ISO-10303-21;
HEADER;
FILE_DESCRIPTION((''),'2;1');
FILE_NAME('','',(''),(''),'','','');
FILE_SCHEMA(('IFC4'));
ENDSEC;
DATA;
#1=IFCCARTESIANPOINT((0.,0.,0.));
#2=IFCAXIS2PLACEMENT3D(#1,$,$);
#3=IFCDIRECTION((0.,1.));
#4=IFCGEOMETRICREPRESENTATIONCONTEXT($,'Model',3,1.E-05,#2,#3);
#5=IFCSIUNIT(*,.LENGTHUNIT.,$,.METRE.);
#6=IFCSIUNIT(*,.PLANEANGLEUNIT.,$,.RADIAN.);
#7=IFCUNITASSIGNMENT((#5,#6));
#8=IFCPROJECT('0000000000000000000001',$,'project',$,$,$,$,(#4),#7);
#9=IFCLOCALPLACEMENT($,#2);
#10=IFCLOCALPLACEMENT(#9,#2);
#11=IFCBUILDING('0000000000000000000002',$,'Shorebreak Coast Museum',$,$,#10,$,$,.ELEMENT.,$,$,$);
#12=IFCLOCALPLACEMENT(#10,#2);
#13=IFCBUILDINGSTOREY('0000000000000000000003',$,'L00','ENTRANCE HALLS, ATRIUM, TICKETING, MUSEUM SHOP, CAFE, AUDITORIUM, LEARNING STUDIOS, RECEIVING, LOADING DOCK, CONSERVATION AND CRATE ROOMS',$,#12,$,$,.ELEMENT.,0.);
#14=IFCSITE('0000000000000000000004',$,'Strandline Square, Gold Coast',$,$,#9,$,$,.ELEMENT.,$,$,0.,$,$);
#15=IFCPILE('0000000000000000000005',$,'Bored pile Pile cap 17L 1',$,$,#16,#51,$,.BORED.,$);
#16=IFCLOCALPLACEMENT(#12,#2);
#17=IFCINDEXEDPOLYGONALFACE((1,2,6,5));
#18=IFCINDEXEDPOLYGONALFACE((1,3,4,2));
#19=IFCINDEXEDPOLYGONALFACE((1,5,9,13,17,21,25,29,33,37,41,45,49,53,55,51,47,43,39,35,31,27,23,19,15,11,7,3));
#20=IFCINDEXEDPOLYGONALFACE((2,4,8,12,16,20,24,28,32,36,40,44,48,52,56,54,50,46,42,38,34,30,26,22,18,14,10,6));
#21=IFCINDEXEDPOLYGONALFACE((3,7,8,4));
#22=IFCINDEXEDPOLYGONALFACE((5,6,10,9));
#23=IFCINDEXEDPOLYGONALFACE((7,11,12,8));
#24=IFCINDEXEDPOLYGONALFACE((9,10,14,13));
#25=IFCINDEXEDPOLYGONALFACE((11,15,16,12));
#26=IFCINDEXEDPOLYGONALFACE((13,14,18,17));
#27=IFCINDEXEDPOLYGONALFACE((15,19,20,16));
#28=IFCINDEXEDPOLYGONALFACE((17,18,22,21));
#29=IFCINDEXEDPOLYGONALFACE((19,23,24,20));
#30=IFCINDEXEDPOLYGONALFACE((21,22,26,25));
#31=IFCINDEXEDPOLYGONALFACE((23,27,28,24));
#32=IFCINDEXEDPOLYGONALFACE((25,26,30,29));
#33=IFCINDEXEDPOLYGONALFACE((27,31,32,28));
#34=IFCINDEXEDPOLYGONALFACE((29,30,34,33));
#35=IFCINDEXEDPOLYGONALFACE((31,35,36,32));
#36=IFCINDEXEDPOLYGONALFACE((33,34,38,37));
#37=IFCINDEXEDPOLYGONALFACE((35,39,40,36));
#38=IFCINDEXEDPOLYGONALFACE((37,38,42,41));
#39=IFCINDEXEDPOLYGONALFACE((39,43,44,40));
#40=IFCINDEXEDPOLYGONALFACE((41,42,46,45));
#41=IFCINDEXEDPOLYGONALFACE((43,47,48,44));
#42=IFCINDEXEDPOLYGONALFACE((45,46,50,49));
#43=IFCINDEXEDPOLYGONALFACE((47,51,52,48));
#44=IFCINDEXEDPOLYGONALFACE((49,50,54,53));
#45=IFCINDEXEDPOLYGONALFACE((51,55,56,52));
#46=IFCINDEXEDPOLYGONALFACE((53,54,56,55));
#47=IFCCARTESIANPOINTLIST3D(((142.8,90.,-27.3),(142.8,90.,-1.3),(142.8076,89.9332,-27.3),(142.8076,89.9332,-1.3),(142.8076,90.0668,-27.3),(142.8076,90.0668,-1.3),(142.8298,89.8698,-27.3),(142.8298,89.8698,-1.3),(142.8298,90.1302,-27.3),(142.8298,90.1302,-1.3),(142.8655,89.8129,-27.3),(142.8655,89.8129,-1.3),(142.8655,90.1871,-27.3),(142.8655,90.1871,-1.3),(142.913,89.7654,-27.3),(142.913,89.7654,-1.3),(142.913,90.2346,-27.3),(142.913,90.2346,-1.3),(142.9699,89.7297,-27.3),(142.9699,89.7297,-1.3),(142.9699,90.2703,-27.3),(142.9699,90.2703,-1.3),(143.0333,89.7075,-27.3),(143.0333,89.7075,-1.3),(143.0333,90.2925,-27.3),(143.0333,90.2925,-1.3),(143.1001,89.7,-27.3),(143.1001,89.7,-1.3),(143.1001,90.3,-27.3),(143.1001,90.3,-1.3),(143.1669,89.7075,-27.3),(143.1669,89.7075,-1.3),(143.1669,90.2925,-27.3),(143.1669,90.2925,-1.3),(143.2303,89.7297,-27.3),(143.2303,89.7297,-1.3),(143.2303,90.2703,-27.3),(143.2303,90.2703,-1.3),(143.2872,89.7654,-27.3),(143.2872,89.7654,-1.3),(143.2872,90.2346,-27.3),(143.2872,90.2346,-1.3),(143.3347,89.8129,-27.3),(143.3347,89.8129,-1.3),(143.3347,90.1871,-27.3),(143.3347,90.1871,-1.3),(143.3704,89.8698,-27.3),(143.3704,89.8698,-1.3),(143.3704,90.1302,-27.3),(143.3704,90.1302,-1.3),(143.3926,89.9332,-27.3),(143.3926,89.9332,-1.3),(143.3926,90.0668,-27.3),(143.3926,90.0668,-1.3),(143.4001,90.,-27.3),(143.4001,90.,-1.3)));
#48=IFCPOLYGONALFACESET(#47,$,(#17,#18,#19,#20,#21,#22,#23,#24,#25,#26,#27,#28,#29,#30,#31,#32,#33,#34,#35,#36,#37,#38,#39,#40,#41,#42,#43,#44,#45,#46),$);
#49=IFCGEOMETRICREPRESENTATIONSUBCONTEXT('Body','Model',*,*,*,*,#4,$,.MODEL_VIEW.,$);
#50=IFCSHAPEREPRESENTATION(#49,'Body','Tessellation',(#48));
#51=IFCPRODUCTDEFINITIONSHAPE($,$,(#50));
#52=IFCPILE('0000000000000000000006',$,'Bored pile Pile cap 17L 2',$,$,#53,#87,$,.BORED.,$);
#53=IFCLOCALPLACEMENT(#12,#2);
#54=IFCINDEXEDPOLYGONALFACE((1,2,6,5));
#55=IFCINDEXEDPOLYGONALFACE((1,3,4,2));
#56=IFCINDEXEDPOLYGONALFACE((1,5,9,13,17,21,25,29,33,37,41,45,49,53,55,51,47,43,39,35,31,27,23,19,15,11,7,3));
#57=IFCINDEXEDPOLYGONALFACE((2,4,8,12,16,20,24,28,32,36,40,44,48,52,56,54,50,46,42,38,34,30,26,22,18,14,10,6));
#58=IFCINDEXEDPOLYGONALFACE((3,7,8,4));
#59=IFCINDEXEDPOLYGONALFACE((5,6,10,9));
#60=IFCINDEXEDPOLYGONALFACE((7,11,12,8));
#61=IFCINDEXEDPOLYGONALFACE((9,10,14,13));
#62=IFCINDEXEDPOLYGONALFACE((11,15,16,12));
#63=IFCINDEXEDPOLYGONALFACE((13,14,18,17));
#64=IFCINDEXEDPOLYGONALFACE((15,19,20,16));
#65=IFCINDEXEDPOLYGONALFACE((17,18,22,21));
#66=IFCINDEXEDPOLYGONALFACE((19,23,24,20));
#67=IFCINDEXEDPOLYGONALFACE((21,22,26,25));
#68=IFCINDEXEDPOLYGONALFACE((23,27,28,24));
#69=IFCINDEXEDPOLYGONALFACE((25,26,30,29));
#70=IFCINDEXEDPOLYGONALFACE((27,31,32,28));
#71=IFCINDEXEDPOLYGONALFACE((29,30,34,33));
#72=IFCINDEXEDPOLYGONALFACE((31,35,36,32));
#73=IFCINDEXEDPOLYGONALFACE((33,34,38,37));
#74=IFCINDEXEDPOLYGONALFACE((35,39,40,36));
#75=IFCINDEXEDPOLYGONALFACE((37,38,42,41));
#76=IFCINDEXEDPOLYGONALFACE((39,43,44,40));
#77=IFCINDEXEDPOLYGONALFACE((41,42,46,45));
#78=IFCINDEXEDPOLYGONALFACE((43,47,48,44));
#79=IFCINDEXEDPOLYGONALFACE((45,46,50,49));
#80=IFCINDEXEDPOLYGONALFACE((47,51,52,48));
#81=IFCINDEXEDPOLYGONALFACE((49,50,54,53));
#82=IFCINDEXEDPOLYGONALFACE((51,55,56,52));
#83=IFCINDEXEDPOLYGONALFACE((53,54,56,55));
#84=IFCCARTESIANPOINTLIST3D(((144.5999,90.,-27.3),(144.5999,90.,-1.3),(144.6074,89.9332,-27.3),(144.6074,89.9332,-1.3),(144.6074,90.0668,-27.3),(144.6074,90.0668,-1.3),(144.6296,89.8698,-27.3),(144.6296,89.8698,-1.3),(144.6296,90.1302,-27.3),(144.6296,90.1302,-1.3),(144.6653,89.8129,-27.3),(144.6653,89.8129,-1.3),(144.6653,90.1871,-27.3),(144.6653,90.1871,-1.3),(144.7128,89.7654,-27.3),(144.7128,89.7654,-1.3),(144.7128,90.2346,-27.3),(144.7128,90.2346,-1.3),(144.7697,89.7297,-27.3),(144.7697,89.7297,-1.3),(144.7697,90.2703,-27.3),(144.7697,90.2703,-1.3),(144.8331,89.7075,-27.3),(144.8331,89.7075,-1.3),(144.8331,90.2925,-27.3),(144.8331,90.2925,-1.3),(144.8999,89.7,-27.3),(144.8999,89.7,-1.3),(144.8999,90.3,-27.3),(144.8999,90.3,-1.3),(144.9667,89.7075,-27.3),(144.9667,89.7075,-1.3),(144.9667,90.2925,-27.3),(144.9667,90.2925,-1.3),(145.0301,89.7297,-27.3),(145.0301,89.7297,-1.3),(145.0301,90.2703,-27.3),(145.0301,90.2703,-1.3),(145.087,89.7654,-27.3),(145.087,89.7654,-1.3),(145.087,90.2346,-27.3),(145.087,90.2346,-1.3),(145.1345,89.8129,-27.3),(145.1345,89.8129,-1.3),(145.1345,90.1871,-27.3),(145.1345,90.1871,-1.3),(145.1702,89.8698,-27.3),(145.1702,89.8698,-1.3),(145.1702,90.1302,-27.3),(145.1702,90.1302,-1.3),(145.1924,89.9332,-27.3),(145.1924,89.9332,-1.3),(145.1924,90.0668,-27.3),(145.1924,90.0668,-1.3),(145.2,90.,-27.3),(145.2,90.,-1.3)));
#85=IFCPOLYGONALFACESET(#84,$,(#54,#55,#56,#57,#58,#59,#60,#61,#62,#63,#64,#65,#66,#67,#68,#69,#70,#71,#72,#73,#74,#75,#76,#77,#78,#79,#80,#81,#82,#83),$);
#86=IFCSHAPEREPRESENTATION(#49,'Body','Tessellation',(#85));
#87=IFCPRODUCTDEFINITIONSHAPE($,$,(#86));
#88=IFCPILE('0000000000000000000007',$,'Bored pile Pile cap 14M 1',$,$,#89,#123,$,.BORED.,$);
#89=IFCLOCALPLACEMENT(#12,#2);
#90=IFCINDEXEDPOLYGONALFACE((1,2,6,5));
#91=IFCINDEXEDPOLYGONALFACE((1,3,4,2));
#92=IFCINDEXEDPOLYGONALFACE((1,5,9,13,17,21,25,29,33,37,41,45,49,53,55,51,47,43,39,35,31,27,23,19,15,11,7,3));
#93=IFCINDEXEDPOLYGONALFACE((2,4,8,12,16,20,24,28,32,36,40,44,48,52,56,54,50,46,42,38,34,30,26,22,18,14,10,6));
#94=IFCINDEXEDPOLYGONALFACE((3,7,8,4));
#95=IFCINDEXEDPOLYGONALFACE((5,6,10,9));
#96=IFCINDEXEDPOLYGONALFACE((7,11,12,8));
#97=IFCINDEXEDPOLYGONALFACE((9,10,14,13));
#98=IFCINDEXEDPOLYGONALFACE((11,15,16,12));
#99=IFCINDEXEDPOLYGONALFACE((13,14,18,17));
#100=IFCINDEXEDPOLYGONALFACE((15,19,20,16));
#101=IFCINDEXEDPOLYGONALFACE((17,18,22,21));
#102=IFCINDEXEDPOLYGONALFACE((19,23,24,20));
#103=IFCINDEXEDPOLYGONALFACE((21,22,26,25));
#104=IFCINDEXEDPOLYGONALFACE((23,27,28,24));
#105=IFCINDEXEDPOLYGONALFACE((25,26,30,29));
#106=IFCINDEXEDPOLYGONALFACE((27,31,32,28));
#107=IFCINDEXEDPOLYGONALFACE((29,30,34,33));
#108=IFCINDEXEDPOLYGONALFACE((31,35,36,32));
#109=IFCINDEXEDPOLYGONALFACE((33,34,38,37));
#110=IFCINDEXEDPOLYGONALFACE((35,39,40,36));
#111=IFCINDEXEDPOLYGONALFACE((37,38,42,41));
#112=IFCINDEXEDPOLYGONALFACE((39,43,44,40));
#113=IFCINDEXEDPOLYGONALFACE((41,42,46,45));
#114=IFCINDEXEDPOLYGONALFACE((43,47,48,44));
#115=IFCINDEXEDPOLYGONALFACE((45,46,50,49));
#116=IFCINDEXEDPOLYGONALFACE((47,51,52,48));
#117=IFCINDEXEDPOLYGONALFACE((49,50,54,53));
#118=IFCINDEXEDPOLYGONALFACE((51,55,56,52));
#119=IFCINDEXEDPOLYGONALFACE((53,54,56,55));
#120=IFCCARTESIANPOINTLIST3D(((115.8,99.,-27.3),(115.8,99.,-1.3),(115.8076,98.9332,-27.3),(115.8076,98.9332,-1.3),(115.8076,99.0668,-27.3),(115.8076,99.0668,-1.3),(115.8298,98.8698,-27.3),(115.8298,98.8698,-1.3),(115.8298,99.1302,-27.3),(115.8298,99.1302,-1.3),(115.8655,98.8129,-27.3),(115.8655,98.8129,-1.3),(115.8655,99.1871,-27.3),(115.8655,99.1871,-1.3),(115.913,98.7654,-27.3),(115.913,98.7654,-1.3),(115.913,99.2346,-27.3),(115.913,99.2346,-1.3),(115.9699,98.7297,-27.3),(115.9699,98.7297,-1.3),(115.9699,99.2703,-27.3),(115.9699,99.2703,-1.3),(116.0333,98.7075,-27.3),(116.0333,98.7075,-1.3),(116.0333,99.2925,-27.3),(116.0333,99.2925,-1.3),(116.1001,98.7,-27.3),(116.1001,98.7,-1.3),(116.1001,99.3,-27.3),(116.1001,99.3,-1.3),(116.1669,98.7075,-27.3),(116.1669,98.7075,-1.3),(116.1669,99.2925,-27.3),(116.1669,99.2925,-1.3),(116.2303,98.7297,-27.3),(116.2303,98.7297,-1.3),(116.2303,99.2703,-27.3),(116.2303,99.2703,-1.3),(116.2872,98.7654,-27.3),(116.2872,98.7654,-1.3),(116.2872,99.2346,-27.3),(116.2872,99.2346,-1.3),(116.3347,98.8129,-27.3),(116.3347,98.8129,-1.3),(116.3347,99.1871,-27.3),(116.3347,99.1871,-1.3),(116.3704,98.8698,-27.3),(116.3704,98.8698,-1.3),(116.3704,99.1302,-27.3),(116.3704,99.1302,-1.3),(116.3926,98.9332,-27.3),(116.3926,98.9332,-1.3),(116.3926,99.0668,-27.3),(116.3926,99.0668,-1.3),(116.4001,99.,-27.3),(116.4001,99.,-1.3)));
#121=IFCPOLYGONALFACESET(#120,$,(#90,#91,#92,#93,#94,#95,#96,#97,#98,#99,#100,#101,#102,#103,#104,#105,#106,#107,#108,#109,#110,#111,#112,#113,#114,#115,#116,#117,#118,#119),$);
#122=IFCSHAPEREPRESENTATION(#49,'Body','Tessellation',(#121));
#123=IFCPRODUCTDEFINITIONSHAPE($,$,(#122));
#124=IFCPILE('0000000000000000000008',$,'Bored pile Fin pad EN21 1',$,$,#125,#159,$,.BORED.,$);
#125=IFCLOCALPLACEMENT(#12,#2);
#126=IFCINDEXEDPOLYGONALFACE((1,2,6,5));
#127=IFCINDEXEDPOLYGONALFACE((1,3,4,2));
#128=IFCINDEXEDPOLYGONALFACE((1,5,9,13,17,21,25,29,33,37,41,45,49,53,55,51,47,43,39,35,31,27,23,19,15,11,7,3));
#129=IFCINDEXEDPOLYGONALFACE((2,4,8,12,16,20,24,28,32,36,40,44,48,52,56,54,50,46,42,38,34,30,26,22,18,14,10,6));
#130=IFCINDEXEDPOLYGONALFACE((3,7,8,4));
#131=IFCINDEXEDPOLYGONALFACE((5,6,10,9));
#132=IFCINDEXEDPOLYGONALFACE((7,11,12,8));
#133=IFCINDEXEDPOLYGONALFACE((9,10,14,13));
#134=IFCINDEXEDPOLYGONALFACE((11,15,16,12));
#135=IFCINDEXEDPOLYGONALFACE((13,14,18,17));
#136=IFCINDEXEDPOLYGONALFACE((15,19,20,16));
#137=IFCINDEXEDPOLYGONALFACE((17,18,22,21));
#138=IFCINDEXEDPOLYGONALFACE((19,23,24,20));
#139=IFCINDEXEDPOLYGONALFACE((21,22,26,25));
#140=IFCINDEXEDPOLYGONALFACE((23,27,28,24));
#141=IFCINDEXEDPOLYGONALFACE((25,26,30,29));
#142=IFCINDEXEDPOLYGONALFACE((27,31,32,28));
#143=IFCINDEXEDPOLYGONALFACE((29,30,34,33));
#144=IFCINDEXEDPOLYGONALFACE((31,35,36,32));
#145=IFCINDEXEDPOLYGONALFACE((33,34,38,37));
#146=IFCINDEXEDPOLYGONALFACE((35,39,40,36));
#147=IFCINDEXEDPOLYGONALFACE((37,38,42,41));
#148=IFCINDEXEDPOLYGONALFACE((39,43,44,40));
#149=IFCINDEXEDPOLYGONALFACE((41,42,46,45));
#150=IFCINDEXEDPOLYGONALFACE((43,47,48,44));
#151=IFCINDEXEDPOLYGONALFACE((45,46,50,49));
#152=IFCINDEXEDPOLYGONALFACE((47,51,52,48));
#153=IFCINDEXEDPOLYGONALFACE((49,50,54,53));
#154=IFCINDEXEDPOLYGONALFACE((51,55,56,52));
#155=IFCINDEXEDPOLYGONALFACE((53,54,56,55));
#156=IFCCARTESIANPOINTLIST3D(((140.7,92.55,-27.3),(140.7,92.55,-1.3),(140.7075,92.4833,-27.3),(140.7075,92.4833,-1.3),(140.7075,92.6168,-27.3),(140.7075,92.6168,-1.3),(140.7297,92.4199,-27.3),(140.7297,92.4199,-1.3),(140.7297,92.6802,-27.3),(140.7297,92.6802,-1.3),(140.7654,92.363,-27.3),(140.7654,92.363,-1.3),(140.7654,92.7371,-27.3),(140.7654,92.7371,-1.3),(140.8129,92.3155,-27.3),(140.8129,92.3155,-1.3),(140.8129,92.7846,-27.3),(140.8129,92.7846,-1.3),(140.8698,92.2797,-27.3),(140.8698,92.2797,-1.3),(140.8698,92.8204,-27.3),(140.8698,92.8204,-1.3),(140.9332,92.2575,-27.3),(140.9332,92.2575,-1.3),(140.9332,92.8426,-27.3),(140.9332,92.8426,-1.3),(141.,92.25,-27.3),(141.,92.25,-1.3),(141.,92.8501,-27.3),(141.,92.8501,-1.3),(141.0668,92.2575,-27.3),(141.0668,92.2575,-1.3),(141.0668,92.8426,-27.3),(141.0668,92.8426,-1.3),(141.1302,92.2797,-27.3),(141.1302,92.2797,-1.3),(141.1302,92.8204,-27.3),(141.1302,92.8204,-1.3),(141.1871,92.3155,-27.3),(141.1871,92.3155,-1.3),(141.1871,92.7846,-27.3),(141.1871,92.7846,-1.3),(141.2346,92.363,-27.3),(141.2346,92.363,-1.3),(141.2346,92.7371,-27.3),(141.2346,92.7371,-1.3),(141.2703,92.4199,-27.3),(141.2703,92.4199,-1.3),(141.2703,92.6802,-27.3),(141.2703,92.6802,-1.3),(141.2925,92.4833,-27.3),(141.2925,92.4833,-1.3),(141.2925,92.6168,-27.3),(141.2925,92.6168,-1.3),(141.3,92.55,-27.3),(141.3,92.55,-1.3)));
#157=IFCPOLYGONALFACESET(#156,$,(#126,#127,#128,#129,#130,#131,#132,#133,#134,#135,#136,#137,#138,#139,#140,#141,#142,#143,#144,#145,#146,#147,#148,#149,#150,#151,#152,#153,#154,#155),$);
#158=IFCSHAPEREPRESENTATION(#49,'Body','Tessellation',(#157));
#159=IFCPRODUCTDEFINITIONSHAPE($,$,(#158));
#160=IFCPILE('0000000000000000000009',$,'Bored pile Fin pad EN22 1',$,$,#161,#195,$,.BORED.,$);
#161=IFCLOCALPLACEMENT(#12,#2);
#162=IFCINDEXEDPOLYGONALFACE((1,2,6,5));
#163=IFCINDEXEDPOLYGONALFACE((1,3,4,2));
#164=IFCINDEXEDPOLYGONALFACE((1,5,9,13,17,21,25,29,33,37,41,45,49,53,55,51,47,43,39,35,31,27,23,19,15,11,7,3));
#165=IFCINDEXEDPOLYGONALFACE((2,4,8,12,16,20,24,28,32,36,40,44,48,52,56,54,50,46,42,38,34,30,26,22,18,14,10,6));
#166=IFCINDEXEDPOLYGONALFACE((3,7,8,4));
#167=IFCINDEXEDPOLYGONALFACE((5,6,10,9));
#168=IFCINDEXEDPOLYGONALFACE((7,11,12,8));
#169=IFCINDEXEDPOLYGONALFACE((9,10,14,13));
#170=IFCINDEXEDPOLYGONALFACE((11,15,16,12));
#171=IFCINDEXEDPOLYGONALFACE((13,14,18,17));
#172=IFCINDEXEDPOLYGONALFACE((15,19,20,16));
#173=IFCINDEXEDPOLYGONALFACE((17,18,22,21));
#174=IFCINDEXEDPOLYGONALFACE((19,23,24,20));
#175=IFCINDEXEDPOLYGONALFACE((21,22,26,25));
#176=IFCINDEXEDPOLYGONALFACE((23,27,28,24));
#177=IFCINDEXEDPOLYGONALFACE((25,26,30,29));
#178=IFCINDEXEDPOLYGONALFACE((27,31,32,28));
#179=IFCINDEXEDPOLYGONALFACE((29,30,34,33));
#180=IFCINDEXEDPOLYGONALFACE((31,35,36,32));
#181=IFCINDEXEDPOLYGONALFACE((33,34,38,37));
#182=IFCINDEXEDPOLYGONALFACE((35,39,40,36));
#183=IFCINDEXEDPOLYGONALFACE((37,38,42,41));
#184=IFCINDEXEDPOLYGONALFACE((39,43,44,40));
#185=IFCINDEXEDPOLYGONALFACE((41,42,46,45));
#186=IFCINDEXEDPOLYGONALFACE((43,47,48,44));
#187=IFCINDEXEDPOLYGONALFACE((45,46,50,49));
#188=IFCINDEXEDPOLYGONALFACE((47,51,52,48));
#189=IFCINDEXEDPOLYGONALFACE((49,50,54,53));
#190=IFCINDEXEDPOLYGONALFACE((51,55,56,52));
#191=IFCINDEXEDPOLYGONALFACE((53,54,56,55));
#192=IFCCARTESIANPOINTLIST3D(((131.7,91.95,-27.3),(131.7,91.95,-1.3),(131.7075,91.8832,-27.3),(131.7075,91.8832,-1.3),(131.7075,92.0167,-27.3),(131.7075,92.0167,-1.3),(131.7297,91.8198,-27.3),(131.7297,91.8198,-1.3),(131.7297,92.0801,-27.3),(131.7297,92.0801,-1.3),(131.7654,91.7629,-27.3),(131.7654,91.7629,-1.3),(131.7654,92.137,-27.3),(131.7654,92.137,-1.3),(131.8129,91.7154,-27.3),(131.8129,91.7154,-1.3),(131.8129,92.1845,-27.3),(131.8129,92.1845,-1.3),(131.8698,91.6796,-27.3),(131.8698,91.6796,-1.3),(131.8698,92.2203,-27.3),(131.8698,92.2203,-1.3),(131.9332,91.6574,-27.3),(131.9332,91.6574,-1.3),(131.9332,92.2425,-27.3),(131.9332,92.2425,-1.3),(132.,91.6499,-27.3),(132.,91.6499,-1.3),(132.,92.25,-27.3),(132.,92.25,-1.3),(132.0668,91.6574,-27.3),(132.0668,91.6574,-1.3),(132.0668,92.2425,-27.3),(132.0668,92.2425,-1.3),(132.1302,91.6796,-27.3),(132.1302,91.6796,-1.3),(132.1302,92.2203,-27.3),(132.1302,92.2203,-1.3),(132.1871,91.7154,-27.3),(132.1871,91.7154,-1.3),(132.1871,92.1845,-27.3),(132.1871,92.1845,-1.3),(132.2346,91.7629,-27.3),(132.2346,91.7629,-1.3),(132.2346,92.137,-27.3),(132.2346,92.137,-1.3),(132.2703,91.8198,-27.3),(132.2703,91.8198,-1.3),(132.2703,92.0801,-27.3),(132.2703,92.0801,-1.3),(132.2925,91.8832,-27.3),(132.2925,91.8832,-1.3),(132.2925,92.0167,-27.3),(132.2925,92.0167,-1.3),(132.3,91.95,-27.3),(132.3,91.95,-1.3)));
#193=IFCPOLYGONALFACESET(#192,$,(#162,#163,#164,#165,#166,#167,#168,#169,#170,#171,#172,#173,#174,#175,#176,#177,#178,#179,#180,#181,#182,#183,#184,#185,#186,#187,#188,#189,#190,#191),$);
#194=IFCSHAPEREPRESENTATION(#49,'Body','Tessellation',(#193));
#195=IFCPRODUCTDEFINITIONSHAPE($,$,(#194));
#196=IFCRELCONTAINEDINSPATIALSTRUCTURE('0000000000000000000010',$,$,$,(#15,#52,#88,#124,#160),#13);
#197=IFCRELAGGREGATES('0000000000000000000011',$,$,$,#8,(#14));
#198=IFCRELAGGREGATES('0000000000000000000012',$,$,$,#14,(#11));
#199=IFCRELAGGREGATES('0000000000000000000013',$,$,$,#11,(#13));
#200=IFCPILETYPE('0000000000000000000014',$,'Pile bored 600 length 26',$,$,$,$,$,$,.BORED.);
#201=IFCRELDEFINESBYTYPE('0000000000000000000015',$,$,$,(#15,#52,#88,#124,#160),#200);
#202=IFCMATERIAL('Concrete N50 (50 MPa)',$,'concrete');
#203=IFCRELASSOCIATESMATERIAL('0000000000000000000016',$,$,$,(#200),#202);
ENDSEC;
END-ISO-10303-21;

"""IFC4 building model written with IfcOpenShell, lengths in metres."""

from ifc_helpers import new_model, si_unit, direction, frame, origin, origin_2d, place, context, subcontext, project, spatial, circle, extrude, material, material_profile, profile_set, type_object, element, save


model = new_model("IFC4")

# Units and contexts
model_context = context("Model", 3, precision=1e-05, world=origin(), true_north=direction((0.0, 1.0)))
body_context = subcontext(model_context, "Body", "Model", "MODEL_VIEW")
ifc_project = project(units=[si_unit("LENGTHUNIT", "METRE"), si_unit("PLANEANGLEUNIT", "RADIAN")], contexts=[model_context])

# Site, building, storey
site_placement = place(None, origin())
site = spatial("IfcSite", under=ifc_project, at=site_placement, Name="Strandline Square, Gold Coast", CompositionType="ELEMENT", RefElevation=0.0)
building_placement = place(site_placement, origin())
building = spatial("IfcBuilding", under=site, at=building_placement, Name="Shorebreak Coast Museum", CompositionType="ELEMENT")
storey_placement = place(building_placement, origin())
storey = spatial("IfcBuildingStorey", under=building, at=storey_placement, Name="L00", Description="ENTRANCE HALLS, ATRIUM, TICKETING, MUSEUM SHOP, CAFE, AUDITORIUM, LEARNING STUDIOS, RECEIVING, LOADING DOCK, CONSERVATION AND CRATE ROOMS", CompositionType="ELEMENT", Elevation=0.0)

# Piles
ifc_material_1 = material(Name="Concrete N50 (50 MPa)", Category="concrete")
ifc_material_profile_1 = material_profile(ifc_material_1, circle(Radius=0.3, at=origin_2d()), Name="Pile bored 600 length 26")
ifc_profile_set_1 = profile_set([ifc_material_profile_1], Name="Concrete N50 (50 MPa)")
pile_type_1 = type_object("IfcPileType", Name="Pile bored 600 length 26", PredefinedType="BORED", material=ifc_profile_set_1)
for number, where, z_axis, x_axis, name in (
    (1, (143.1001, 90.0, -1.3), (0.0, 0.0, -1.0), (1.0, 0.0, 0.0), "Bored pile Pile cap 17L 1"),
    (2, (144.8999, 90.0, -1.3), (0.0, 0.0, -1.0), (1.0, 0.0, 0.0), "Bored pile Pile cap 17L 2"),
    (3, (116.1001, 99.0, -1.3), (0.0, 0.0, -1.0), (1.0, 0.0, 0.0), "Bored pile Pile cap 14M 1"),
    (4, (141.0, 92.55, -1.3), (0.0, 0.0, -1.0), (1.0, 0.0, 0.0), "Bored pile Fin pad EN21 1"),
    (5, (132.0, 91.95, -1.3), (0.0, 0.0, -1.0), (1.0, 0.0, 0.0), "Bored pile Fin pad EN22 1"),
):
    element("IfcPile", number, at=place(storey_placement, frame(where, z_axis=z_axis, x_axis=x_axis)), inside=storey, type_object=pile_type_1, Name=name, PredefinedType="BORED", context=body_context, shape_type="SweptSolid", body=[
        extrude(circle(Radius=0.3, at=origin_2d()), origin(), (0.0, 0.0, 1.0), 26.0),
    ])

save(model, "model.ifc")
